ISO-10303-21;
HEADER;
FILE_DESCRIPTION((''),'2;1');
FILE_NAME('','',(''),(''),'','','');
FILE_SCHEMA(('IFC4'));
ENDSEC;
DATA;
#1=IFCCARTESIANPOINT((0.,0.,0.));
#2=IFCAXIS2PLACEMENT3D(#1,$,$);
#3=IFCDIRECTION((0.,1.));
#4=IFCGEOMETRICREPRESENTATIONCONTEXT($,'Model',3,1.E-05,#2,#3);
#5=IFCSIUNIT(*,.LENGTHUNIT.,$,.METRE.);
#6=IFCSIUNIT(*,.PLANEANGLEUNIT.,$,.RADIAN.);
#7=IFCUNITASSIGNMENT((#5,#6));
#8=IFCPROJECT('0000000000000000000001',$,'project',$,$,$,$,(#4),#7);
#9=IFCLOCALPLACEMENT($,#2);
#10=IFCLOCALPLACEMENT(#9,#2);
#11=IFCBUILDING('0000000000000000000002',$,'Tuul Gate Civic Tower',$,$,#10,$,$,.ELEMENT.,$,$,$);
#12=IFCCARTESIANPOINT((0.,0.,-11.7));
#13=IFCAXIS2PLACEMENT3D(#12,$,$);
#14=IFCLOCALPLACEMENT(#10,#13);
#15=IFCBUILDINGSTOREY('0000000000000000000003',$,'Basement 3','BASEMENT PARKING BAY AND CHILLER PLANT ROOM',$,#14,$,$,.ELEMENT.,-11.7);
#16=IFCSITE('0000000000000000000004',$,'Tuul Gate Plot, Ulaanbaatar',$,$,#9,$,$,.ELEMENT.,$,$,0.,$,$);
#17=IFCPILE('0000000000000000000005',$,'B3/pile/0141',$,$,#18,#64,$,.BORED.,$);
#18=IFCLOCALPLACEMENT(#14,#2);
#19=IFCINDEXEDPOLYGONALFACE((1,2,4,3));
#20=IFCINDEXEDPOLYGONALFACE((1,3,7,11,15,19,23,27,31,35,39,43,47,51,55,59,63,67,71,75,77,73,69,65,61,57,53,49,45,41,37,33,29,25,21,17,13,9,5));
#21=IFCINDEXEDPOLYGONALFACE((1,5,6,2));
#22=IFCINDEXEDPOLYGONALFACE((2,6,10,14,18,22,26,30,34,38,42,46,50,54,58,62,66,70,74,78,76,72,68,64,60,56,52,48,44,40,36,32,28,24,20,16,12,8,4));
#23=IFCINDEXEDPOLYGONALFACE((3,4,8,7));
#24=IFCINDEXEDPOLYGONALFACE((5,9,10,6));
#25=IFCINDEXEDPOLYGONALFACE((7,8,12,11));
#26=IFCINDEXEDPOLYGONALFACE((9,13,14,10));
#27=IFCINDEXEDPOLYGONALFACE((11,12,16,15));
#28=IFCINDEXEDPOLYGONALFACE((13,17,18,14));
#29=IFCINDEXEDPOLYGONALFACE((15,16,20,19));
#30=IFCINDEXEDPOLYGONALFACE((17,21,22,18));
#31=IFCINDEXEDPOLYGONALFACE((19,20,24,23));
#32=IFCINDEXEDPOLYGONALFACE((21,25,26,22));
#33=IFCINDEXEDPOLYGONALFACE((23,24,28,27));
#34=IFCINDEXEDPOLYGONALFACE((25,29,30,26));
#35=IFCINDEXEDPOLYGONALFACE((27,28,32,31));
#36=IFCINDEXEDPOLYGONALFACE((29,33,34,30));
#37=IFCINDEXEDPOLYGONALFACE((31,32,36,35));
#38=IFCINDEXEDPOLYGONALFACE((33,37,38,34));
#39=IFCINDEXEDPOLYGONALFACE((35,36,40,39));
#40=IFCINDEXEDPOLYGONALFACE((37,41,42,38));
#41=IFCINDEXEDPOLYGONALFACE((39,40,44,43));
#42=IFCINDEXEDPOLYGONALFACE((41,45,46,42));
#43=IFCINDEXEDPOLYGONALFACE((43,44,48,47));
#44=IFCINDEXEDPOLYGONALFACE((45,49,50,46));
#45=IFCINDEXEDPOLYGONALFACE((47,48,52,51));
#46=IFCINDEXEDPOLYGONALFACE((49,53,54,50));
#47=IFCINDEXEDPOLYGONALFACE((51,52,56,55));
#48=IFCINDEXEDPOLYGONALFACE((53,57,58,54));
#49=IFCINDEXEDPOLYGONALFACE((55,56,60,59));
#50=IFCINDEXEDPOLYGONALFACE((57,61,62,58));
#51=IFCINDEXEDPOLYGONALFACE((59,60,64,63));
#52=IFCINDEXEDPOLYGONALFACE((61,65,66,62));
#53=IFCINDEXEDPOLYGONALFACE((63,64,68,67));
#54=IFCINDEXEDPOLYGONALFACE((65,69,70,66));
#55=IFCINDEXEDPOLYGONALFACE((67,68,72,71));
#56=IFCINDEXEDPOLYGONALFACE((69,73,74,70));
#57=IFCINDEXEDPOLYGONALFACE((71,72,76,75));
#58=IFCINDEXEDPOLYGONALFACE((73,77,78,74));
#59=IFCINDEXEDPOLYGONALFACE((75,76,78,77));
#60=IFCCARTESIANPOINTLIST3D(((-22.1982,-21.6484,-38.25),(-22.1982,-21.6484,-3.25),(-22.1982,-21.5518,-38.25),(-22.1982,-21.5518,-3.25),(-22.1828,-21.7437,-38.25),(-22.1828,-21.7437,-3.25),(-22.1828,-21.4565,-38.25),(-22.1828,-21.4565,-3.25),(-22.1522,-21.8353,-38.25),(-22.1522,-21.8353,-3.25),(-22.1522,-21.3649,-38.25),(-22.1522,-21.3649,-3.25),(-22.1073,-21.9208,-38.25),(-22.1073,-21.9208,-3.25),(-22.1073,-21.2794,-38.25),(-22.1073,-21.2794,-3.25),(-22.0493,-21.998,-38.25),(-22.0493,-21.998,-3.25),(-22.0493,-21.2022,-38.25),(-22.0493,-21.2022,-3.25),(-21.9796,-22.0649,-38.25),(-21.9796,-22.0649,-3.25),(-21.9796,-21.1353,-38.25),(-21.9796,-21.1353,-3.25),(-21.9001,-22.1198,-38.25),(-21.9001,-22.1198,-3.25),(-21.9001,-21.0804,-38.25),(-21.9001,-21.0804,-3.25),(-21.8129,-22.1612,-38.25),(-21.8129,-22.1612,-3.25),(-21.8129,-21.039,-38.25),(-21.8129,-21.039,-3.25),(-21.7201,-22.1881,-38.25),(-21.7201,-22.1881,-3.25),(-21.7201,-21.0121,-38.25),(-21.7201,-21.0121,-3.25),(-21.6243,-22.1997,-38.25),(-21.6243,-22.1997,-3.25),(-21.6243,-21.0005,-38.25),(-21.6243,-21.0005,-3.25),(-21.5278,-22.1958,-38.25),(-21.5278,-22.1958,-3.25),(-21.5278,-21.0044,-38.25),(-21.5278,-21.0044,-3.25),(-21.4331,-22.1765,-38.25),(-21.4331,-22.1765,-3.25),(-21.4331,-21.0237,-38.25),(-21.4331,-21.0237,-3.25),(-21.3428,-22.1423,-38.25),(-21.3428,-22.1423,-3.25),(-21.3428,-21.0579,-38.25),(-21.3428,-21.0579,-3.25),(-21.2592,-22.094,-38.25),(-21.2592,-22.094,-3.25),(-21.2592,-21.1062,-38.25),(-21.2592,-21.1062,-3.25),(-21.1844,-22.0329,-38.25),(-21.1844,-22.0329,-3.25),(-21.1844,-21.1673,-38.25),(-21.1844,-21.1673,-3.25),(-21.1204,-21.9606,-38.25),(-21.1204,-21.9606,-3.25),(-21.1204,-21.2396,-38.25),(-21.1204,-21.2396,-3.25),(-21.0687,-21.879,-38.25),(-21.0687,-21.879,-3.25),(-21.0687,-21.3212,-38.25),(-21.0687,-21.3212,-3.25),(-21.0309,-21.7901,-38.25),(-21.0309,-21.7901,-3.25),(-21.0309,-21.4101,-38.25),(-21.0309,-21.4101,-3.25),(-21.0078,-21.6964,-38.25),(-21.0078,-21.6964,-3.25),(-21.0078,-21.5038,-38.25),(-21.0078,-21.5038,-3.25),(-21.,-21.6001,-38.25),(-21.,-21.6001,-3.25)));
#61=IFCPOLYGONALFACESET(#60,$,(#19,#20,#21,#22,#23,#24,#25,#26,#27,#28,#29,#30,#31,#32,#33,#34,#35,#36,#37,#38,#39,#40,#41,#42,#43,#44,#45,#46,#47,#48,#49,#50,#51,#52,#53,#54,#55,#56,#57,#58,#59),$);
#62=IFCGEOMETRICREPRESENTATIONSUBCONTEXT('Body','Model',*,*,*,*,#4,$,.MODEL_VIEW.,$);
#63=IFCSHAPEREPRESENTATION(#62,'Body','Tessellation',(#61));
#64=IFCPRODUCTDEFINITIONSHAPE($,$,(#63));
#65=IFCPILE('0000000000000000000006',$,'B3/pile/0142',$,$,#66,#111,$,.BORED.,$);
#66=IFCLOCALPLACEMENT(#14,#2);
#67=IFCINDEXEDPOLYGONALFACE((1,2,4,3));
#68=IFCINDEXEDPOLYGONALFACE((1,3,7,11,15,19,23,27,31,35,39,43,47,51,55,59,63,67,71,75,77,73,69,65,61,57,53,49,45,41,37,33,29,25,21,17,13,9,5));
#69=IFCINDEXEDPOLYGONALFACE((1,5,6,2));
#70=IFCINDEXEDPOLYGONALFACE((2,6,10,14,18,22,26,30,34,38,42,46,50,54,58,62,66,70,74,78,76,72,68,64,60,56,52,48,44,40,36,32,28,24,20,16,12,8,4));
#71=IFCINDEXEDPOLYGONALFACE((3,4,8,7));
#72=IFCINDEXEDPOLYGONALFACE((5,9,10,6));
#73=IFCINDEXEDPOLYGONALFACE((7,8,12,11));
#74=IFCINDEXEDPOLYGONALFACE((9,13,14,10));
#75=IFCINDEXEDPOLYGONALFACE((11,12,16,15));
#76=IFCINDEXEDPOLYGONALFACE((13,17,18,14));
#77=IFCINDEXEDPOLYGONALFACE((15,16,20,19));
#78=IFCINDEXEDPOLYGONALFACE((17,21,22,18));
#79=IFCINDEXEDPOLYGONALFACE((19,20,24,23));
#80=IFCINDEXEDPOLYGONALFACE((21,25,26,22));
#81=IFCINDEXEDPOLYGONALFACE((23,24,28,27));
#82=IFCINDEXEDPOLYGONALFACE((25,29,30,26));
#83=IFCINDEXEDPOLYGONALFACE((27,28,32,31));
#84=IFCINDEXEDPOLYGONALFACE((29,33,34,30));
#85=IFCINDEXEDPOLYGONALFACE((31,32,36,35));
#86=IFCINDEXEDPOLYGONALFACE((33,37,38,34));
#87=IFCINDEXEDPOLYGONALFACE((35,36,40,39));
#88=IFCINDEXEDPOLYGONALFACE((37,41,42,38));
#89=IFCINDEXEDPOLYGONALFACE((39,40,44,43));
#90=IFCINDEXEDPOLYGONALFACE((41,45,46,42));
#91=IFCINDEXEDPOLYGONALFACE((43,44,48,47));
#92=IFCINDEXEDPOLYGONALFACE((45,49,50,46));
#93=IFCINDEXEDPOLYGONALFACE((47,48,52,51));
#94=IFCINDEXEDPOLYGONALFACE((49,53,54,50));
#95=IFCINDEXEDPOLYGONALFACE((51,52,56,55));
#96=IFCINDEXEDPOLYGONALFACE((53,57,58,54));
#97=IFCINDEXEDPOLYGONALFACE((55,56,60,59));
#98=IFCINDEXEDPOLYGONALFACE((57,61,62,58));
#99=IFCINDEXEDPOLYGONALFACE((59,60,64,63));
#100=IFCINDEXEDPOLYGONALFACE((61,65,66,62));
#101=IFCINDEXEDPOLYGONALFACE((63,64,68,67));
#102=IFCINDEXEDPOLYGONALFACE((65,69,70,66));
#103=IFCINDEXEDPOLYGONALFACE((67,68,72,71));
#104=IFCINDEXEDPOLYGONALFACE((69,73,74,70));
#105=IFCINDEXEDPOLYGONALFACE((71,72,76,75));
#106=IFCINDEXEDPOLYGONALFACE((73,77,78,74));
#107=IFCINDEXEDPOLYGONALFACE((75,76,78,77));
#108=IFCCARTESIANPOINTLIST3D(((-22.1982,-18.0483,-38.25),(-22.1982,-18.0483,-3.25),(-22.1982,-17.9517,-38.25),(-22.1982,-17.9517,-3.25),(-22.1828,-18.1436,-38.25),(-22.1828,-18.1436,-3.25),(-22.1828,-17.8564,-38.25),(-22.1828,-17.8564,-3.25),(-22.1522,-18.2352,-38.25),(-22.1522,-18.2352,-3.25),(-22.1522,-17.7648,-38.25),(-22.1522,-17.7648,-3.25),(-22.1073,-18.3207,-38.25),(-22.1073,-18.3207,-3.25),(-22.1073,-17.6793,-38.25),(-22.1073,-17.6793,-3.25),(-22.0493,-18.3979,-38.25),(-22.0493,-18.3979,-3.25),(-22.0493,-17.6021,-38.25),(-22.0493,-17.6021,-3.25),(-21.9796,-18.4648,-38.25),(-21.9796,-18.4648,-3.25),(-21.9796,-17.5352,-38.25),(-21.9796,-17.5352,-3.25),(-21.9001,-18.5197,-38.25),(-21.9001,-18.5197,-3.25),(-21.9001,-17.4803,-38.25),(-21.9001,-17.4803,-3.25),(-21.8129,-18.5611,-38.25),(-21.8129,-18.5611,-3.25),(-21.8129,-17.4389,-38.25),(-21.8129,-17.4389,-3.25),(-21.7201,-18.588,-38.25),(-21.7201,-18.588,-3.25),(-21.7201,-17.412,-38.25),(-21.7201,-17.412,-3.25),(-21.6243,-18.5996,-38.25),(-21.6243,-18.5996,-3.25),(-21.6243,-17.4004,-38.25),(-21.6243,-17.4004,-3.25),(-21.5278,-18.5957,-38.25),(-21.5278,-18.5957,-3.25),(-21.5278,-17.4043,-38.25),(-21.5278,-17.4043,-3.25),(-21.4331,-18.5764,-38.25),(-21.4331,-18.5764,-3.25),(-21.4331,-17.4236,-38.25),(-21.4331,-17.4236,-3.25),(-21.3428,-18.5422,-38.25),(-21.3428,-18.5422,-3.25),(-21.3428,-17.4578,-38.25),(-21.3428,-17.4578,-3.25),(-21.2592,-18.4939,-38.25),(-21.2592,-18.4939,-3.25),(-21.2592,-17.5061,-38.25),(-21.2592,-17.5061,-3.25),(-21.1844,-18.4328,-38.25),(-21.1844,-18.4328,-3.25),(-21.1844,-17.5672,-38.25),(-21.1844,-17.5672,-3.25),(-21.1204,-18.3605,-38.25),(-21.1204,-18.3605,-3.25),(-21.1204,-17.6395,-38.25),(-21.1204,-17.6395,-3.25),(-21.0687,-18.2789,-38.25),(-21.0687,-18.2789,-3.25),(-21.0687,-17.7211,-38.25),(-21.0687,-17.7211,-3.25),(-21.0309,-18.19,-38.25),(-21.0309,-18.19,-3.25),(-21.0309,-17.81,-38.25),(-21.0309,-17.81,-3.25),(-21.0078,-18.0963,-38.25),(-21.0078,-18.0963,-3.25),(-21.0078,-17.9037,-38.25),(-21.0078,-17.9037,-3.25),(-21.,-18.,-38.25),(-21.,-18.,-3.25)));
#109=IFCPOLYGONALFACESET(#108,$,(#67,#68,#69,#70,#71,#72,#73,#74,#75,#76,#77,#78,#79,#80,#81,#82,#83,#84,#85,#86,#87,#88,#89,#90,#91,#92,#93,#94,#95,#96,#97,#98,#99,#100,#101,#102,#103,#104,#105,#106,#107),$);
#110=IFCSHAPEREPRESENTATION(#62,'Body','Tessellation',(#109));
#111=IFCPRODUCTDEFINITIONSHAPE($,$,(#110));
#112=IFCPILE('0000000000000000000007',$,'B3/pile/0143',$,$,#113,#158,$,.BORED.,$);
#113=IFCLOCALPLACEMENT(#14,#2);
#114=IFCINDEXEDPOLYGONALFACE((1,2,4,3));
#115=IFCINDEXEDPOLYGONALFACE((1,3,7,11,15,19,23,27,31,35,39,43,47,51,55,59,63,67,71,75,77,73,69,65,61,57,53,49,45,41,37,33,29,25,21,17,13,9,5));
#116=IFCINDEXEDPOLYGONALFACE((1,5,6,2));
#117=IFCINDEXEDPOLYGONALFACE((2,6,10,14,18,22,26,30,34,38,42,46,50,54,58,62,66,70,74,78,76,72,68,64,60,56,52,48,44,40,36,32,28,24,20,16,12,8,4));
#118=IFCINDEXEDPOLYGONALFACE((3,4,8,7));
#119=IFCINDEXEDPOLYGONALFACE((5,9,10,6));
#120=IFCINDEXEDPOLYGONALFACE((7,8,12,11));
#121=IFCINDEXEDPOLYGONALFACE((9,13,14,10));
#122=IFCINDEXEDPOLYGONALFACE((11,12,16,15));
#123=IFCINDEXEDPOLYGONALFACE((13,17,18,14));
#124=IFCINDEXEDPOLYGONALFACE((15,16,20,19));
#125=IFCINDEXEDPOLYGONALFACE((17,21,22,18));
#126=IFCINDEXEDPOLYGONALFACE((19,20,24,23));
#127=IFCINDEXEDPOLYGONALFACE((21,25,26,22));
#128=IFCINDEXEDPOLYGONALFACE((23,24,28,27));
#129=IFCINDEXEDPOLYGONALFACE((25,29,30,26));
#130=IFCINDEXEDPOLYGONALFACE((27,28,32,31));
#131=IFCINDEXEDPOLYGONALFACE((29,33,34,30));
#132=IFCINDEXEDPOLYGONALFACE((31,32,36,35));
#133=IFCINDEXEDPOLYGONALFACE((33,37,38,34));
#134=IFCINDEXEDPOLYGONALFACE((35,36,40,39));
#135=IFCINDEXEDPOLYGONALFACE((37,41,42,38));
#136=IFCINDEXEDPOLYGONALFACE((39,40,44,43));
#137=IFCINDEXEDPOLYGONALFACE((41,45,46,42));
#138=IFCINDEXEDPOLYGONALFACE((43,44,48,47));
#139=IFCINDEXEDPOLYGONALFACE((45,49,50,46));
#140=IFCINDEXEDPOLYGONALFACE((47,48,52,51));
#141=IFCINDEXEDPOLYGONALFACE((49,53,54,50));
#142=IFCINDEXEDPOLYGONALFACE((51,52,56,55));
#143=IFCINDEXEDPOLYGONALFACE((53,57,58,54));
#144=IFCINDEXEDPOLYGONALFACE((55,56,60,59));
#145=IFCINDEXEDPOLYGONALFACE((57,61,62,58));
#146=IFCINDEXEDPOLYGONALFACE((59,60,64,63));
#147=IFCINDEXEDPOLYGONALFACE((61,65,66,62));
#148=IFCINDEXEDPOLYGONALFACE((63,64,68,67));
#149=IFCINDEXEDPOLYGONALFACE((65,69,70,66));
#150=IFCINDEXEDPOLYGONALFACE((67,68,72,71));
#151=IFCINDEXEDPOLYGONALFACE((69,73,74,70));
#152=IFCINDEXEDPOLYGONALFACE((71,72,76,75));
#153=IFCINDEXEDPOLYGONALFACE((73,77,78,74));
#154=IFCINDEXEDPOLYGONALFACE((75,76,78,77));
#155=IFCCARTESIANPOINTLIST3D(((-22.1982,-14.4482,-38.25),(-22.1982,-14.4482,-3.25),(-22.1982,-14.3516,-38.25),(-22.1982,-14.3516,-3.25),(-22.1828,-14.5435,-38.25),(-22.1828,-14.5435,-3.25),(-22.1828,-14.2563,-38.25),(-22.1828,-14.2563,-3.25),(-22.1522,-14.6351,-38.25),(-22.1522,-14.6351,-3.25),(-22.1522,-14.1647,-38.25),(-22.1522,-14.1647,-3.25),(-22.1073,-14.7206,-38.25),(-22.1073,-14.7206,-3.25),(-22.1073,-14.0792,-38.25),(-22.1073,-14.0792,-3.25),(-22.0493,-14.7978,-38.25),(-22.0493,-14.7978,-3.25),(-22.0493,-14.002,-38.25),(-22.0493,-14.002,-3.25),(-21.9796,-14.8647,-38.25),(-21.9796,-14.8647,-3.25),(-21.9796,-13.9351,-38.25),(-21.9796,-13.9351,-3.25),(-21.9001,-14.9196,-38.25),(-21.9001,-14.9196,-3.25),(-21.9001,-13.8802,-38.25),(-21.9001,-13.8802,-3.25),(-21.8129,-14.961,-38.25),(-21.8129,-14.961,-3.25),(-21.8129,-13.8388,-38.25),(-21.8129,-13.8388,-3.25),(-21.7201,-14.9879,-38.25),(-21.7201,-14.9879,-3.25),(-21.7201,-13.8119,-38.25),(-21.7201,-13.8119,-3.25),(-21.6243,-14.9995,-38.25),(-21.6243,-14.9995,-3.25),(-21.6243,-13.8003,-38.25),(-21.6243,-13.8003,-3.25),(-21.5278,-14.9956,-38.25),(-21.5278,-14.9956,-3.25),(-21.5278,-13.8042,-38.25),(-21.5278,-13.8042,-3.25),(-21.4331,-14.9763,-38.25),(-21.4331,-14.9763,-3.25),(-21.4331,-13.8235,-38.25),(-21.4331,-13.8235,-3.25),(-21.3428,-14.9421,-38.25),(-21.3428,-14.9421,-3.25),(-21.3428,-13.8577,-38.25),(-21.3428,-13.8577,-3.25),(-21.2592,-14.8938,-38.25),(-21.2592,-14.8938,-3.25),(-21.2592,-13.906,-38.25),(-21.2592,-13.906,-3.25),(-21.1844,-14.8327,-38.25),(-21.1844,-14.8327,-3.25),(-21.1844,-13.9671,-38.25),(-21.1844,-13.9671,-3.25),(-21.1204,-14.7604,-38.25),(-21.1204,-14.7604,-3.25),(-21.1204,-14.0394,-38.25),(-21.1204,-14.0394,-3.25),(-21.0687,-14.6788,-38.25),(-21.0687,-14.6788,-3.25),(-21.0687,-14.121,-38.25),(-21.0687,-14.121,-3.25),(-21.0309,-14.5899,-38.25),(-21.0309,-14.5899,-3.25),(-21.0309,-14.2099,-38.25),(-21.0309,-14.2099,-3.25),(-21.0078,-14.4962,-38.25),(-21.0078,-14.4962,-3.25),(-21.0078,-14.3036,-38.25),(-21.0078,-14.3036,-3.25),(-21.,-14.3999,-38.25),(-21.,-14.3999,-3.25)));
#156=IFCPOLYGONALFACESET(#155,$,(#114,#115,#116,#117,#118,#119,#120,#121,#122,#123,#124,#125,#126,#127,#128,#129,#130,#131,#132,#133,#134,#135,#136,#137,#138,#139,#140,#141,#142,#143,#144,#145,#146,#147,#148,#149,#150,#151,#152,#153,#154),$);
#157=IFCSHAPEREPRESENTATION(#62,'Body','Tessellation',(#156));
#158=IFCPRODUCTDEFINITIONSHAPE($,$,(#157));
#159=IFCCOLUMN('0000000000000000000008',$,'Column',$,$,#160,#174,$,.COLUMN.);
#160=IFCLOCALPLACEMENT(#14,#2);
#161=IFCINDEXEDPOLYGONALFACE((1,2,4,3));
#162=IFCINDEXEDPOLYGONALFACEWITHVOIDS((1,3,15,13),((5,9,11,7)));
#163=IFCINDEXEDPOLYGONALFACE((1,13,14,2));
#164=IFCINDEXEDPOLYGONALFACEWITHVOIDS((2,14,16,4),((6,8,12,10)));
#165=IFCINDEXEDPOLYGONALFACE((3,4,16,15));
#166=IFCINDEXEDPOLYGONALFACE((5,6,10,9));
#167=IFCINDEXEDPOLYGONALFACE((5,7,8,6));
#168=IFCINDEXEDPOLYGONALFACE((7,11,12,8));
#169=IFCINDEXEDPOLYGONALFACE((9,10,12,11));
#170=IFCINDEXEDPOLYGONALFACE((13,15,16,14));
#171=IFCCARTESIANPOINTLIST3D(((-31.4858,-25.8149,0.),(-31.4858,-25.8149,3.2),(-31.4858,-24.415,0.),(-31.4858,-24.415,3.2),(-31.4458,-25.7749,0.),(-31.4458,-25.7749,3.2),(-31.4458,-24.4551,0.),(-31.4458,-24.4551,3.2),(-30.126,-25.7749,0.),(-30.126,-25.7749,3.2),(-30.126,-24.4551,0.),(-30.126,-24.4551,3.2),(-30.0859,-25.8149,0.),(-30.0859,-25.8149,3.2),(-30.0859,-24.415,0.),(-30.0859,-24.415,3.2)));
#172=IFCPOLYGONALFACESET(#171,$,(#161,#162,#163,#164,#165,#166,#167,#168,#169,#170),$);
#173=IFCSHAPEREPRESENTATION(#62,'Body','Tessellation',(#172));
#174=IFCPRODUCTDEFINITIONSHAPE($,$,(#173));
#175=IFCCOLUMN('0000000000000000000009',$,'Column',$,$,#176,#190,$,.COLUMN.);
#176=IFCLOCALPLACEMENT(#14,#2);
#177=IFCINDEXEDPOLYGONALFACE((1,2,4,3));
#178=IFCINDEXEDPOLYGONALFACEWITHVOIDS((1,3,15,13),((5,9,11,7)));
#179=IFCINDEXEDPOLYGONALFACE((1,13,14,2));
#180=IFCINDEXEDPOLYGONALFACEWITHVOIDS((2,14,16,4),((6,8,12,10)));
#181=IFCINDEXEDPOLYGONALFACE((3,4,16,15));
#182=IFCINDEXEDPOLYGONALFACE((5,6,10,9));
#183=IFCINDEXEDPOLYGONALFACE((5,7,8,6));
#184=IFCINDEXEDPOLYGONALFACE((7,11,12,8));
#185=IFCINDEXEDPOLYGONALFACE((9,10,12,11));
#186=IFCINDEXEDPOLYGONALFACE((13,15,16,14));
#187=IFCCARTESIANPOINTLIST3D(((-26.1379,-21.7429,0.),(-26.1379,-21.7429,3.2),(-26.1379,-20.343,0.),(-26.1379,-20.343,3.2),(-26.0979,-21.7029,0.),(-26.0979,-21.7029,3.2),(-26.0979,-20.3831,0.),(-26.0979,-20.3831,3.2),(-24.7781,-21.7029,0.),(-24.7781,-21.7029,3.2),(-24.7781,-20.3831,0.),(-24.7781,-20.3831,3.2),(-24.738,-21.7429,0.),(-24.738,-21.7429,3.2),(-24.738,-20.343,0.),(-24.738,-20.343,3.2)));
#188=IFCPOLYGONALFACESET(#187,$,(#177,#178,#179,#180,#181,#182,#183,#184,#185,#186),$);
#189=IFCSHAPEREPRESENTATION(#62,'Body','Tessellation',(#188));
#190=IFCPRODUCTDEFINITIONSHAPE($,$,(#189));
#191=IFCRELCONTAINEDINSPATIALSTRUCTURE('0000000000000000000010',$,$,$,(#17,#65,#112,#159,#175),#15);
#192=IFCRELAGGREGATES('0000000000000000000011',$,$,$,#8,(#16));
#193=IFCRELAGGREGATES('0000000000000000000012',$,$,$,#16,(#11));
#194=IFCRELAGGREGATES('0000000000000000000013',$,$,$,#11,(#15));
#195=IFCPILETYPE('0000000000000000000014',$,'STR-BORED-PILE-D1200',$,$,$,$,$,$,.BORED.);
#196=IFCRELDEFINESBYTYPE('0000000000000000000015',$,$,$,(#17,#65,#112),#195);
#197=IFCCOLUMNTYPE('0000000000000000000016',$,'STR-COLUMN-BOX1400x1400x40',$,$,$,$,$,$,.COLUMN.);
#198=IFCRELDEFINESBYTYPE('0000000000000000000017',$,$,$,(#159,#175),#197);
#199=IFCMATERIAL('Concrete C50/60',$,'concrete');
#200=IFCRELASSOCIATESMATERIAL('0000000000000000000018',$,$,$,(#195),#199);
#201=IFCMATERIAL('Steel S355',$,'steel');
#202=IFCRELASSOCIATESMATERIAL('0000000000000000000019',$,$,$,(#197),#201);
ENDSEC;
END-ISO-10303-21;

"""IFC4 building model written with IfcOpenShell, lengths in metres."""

from ifc_helpers import new_model, si_unit, direction, frame, origin, origin_2d, place, context, subcontext, project, spatial, hollow_rectangle, circle, extrude, material, material_profile, profile_set, type_object, element, save


model = new_model("IFC4")

# Units and contexts
model_context = context("Model", 3, precision=1e-05, world=origin(), true_north=direction((0.0, 1.0)))
body_context = subcontext(model_context, "Body", "Model", "MODEL_VIEW")
ifc_project = project(units=[si_unit("LENGTHUNIT", "METRE"), si_unit("PLANEANGLEUNIT", "RADIAN")], contexts=[model_context])

# Site, building, storey
site_placement = place(None, origin())
site = spatial("IfcSite", under=ifc_project, at=site_placement, Name="Tuul Gate Plot, Ulaanbaatar", CompositionType="ELEMENT", RefElevation=0.0)
building_placement = place(site_placement, origin())
building = spatial("IfcBuilding", under=site, at=building_placement, Name="Tuul Gate Civic Tower", CompositionType="ELEMENT")
storey_placement = place(building_placement, frame((0.0, 0.0, -11.7)))
storey = spatial("IfcBuildingStorey", under=building, at=storey_placement, Name="Basement 3", Description="BASEMENT PARKING BAY AND CHILLER PLANT ROOM", CompositionType="ELEMENT", Elevation=-11.7)

# Piles
ifc_material_1 = material(Name="Concrete C50/60", Category="concrete")
ifc_material_profile_1 = material_profile(ifc_material_1, circle(Radius=0.6001, at=origin_2d()), Name="PILE1200")
ifc_profile_set_1 = profile_set([ifc_material_profile_1], Name="Concrete C50/60")
pile_type = type_object("IfcPileType", Name="STR-BORED-PILE-D1200", PredefinedType="BORED", material=ifc_profile_set_1)
for number, where, z_axis, x_axis, name in (
    (1, (-21.6001, -21.6001, -3.25), (0.0, 0.0, -1.0), (1.0, 0.0, 0.0), "B3/pile/0141"),
    (2, (-21.6001, -18.0, -3.25), (0.0, 0.0, -1.0), (1.0, 0.0, 0.0), "B3/pile/0142"),
    (3, (-21.6001, -14.3999, -3.25), (0.0, 0.0, -1.0), (1.0, 0.0, 0.0), "B3/pile/0143"),
):
    element("IfcPile", number, at=place(storey_placement, frame(where, z_axis=z_axis, x_axis=x_axis)), inside=storey, type_object=pile_type, Name=name, PredefinedType="BORED", context=body_context, shape_type="SweptSolid", body=[
        extrude(circle(Radius=0.6001, at=origin_2d()), origin(), (0.0, 0.0, 1.0), 35.0),
    ])

# Columns
ifc_material_2 = material(Name="Steel S355", Category="steel")
ifc_material_profile_2 = material_profile(ifc_material_2, hollow_rectangle(XDim=1.3999, YDim=1.3999, WallThickness=0.04, at=origin_2d()), Name="BOX1400x1400x40")
ifc_profile_set_2 = profile_set([ifc_material_profile_2], Name="Steel S355")
column_type = type_object("IfcColumnType", Name="STR-COLUMN-BOX1400x1400x40", PredefinedType="COLUMN", material=ifc_profile_set_2)
for number, where, z_axis, x_axis, name in (
    (4, (-30.7859, -25.115, 0.0), (0.0, 0.0, 1.0), (1.0, 0.0, 0.0), "Column"),
    (5, (-25.438, -21.043, 0.0), (0.0, 0.0, 1.0), (1.0, 0.0, 0.0), "Column"),
):
    element("IfcColumn", number, at=place(storey_placement, frame(where, z_axis=z_axis, x_axis=x_axis)), inside=storey, type_object=column_type, Name=name, PredefinedType="COLUMN", context=body_context, shape_type="SweptSolid", body=[
        extrude(hollow_rectangle(XDim=1.3999, YDim=1.3999, WallThickness=0.04, at=origin_2d()), origin(), (0.0, 0.0, 1.0), 3.2),
    ])

save(model, "model.ifc")
